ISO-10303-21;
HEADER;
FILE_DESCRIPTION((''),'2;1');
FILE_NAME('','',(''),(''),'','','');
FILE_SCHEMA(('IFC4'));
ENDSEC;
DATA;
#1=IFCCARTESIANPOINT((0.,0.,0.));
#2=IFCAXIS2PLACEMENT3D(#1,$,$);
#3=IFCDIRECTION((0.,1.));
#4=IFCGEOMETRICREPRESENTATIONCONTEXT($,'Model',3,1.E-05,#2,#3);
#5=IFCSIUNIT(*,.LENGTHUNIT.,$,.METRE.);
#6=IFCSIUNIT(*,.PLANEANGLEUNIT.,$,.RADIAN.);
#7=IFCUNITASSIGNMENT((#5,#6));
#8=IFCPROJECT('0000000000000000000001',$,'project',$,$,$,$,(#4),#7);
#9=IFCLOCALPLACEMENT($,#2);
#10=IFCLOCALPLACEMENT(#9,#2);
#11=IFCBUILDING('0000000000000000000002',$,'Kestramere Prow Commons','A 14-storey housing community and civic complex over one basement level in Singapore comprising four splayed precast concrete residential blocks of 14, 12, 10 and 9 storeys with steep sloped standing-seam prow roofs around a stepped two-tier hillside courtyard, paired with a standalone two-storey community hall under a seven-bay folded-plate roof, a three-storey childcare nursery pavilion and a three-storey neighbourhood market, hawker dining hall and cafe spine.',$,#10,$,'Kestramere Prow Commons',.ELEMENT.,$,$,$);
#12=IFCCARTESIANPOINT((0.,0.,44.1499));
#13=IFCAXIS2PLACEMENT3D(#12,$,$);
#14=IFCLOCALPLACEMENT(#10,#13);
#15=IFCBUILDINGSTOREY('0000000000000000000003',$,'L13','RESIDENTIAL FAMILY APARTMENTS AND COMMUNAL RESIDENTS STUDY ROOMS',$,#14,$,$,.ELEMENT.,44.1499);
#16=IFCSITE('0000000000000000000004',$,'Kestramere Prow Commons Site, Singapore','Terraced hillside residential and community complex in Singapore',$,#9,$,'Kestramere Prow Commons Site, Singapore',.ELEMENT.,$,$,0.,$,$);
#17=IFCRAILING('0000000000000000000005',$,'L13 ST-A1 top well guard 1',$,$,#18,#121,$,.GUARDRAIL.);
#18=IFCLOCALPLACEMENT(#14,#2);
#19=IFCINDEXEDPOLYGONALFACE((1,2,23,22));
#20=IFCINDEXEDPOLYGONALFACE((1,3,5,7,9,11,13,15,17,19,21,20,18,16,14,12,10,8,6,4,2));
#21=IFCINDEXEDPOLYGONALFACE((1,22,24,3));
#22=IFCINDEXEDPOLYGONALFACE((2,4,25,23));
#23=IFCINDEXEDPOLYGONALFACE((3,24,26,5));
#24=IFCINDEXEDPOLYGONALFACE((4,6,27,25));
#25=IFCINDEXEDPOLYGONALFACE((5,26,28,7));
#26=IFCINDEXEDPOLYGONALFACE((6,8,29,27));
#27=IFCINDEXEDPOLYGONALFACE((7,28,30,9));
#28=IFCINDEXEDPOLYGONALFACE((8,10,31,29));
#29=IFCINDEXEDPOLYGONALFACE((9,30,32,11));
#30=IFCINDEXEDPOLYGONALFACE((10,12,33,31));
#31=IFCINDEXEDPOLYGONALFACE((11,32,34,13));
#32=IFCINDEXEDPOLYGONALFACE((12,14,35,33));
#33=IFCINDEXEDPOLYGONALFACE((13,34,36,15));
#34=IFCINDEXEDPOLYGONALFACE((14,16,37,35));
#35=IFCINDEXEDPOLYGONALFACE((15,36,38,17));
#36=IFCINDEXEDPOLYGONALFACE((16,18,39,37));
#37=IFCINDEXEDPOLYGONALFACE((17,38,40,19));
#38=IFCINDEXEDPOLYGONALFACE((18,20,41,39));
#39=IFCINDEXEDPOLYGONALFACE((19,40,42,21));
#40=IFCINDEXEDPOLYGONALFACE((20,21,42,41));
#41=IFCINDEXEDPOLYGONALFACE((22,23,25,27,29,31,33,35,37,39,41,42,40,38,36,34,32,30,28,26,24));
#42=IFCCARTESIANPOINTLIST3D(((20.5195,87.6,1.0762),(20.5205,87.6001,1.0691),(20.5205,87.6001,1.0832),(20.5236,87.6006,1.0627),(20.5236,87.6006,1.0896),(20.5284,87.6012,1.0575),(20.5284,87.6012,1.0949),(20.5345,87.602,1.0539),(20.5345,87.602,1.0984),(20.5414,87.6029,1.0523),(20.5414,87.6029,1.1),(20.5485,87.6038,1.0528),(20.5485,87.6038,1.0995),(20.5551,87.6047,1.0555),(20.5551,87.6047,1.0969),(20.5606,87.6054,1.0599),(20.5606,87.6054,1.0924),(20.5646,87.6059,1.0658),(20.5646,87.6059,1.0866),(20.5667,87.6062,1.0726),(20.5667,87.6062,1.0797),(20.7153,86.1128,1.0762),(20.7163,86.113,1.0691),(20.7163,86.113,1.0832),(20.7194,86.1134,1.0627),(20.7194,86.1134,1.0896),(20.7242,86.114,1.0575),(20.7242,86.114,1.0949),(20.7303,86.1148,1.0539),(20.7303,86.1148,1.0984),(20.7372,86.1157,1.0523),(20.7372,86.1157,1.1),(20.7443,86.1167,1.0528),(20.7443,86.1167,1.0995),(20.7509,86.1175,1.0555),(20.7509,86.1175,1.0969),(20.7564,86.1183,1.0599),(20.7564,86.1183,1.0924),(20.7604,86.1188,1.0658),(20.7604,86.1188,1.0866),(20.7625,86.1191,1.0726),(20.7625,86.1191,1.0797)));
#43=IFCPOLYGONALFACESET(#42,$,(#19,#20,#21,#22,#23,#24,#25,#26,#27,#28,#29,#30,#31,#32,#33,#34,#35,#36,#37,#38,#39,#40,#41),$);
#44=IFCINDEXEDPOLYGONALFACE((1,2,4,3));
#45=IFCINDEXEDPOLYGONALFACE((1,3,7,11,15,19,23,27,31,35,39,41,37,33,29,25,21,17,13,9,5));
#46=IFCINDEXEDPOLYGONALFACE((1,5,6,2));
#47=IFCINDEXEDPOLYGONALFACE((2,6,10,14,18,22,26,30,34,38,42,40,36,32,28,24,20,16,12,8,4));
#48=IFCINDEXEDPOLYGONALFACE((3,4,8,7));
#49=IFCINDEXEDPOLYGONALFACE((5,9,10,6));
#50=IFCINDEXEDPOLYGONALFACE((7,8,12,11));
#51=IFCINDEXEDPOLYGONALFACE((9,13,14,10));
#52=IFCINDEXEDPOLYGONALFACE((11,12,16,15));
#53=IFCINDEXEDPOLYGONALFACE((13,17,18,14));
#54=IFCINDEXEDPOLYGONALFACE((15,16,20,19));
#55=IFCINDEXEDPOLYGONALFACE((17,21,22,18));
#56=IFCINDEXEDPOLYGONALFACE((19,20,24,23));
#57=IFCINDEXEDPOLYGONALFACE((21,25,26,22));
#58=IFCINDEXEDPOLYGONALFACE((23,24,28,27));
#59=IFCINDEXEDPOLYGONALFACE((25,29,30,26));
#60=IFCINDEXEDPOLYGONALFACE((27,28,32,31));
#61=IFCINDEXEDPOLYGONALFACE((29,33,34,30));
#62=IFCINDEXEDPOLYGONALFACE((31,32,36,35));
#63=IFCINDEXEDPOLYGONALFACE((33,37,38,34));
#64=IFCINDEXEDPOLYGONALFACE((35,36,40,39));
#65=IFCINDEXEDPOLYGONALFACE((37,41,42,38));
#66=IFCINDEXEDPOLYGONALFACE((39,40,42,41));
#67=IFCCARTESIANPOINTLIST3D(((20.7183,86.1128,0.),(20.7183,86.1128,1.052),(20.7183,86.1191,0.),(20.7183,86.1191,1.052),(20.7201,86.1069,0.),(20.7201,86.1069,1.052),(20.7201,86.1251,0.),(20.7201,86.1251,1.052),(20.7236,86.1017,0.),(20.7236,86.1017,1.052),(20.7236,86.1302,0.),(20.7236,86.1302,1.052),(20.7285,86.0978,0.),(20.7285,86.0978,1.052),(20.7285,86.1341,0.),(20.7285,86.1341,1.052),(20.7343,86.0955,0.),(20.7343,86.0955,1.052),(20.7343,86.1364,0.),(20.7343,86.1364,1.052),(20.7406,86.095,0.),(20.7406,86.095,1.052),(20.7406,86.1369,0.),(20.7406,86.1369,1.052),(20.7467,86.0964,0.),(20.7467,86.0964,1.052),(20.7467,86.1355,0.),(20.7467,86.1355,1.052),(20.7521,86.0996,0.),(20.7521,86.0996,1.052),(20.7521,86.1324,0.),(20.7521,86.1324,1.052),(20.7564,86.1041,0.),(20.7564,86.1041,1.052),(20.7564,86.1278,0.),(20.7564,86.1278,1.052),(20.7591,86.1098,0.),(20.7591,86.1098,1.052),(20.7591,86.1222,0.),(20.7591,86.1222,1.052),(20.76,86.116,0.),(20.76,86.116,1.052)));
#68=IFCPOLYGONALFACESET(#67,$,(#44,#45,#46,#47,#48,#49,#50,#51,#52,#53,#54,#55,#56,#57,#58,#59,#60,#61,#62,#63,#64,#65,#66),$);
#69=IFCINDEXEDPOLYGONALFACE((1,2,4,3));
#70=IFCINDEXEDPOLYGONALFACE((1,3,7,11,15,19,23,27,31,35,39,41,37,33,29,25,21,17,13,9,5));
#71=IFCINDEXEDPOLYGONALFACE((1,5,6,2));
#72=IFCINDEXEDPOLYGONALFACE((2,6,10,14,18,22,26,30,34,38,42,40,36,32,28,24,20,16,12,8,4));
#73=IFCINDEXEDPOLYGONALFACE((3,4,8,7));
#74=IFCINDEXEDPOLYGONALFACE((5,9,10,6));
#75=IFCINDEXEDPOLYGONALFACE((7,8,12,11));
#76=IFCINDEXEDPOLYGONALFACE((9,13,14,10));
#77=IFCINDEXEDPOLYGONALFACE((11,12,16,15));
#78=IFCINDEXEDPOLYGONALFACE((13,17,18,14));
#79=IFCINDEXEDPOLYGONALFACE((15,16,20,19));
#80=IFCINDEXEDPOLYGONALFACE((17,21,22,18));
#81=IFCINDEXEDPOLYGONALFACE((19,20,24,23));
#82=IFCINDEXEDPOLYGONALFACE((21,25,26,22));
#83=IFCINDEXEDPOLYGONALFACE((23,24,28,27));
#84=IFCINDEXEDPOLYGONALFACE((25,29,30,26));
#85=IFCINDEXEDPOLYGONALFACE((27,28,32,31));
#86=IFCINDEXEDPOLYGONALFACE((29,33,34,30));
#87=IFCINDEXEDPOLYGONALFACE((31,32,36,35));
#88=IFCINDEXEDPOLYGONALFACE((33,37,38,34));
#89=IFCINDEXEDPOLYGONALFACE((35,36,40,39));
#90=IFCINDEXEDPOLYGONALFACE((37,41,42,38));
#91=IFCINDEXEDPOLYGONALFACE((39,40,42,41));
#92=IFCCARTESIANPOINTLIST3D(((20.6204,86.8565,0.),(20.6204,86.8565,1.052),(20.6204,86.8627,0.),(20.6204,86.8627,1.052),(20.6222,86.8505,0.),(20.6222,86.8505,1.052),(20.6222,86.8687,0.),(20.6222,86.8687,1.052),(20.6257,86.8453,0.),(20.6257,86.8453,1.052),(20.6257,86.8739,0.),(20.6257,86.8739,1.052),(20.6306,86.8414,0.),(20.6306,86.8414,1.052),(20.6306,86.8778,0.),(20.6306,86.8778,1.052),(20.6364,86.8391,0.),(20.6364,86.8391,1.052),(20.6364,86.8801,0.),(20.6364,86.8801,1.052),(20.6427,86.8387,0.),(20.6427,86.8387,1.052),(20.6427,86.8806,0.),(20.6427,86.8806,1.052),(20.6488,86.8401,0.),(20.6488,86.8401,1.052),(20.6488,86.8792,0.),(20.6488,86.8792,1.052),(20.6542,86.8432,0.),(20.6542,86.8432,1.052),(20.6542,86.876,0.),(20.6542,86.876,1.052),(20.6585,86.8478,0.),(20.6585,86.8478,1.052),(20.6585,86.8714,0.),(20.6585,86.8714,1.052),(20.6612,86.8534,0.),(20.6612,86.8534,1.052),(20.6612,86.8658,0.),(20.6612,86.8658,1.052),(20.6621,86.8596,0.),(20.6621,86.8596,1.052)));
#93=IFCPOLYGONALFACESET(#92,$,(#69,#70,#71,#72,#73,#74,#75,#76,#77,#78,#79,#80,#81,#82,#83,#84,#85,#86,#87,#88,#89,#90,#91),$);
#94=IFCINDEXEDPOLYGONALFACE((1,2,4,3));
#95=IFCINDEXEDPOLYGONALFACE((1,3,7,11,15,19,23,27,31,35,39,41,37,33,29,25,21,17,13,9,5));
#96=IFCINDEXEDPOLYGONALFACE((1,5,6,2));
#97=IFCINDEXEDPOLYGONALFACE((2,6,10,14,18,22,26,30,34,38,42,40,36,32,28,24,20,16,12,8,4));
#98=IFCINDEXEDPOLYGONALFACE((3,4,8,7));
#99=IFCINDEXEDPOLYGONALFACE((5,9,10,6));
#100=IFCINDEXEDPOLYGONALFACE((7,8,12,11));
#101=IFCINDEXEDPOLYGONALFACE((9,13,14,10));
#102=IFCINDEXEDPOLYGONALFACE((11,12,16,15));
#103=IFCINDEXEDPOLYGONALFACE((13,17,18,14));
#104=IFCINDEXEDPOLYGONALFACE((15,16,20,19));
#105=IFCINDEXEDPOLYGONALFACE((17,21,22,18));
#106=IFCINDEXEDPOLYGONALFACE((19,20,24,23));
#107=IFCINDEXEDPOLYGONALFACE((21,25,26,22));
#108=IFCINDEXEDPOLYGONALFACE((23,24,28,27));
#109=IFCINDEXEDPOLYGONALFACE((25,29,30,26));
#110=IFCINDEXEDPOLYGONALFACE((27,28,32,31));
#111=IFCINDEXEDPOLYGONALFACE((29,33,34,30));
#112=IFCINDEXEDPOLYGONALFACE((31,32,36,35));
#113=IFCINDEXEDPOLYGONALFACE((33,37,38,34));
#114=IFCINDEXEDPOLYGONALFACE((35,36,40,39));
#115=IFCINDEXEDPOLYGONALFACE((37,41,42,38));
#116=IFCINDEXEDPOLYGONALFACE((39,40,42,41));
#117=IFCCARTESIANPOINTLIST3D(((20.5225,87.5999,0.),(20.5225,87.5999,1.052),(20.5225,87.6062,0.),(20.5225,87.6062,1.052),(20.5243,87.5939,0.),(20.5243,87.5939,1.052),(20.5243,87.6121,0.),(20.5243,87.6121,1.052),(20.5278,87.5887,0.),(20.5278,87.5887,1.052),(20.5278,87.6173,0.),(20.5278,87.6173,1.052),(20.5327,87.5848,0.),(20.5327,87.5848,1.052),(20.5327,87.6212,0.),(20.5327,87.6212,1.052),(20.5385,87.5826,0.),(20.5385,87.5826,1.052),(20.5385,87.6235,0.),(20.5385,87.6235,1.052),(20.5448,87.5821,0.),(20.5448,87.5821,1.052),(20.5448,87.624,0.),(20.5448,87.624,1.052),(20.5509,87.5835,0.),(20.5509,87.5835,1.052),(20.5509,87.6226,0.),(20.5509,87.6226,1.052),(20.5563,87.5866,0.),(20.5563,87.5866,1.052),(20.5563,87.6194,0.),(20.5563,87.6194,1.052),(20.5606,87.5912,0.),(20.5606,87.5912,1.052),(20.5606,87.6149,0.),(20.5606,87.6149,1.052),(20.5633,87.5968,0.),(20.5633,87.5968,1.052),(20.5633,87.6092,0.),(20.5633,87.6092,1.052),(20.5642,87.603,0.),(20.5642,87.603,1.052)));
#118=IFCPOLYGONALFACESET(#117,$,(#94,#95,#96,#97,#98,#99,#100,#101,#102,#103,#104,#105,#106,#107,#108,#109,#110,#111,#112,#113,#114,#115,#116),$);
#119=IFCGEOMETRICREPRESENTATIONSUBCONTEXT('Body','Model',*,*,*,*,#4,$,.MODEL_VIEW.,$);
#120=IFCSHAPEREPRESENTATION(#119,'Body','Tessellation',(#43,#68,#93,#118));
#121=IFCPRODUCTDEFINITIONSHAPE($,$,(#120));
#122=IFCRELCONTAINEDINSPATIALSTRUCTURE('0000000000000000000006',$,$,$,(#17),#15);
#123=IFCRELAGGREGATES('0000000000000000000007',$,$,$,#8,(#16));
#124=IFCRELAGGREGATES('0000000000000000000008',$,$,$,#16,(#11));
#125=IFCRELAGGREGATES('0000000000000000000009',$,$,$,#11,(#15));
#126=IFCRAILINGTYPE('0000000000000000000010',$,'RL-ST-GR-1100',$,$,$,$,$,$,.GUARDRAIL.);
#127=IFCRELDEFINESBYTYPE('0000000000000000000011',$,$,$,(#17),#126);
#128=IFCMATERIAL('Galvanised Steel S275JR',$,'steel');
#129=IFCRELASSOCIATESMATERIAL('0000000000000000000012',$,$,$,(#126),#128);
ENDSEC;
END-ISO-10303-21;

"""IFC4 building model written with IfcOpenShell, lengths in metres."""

from ifc_helpers import new_model, si_unit, direction, frame, origin, origin_2d, place, context, subcontext, project, spatial, circle, extrude, material, type_object, element, save


model = new_model("IFC4")

# Units and contexts
model_context = context("Model", 3, precision=1e-05, world=origin(), true_north=direction((0.0, 1.0)))
body_context = subcontext(model_context, "Body", "Model", "MODEL_VIEW")
ifc_project = project(units=[si_unit("LENGTHUNIT", "METRE"), si_unit("PLANEANGLEUNIT", "RADIAN")], contexts=[model_context])

# Site, building, storey
site_placement = place(None, origin())
site = spatial("IfcSite", under=ifc_project, at=site_placement, Name="Kestramere Prow Commons Site, Singapore", Description="Terraced hillside residential and community complex in Singapore", LongName="Kestramere Prow Commons Site, Singapore", CompositionType="ELEMENT", RefElevation=0.0)
building_placement = place(site_placement, origin())
building = spatial("IfcBuilding", under=site, at=building_placement, Name="Kestramere Prow Commons", Description="A 14-storey housing community and civic complex over one basement level in Singapore comprising four splayed precast concrete residential blocks of 14, 12, 10 and 9 storeys with steep sloped standing-seam prow roofs around a stepped two-tier hillside courtyard, paired with a standalone two-storey community hall under a seven-bay folded-plate roof, a three-storey childcare nursery pavilion and a three-storey neighbourhood market, hawker dining hall and cafe spine.", LongName="Kestramere Prow Commons", CompositionType="ELEMENT")
storey_placement = place(building_placement, frame((0.0, 0.0, 44.1499)))
storey = spatial("IfcBuildingStorey", under=building, at=storey_placement, Name="L13", Description="RESIDENTIAL FAMILY APARTMENTS AND COMMUNAL RESIDENTS STUDY ROOMS", CompositionType="ELEMENT", Elevation=44.1499)

# Railing
ifc_material_1 = material(Name="Galvanised Steel S275JR", Category="steel")
railing_type = type_object("IfcRailingType", Name="RL-ST-GR-1100", PredefinedType="GUARDRAIL", material=ifc_material_1)
railing_placement = place(storey_placement, frame((20.739, 86.116, 0.0)))
element("IfcRailing", 1, at=railing_placement, inside=storey, type_object=railing_type, Name="L13 ST-A1 top well guard 1", PredefinedType="GUARDRAIL", context=body_context, shape_type="SweptSolid", body=[
    extrude(circle(Radius=0.0239, at=origin_2d()), frame((0.0, 0.0, 1.0762), z_axis=(-0.130543, 0.991443, 0.0), x_axis=(-0.991443, -0.130543, 0.0)), (0.0, 0.0, 1.0), 1.5),
    extrude(circle(Radius=0.021, at=origin_2d()), origin(), (0.0, 0.0, 1.0), 1.052),
    extrude(circle(Radius=0.021, at=origin_2d()), frame((-0.0979, 0.7437, 0.0)), (0.0, 0.0, 1.0), 1.052),
    extrude(circle(Radius=0.021, at=origin_2d()), frame((-0.1958, 1.4871, 0.0)), (0.0, 0.0, 1.0), 1.052),
])

save(model, "model.ifc")
